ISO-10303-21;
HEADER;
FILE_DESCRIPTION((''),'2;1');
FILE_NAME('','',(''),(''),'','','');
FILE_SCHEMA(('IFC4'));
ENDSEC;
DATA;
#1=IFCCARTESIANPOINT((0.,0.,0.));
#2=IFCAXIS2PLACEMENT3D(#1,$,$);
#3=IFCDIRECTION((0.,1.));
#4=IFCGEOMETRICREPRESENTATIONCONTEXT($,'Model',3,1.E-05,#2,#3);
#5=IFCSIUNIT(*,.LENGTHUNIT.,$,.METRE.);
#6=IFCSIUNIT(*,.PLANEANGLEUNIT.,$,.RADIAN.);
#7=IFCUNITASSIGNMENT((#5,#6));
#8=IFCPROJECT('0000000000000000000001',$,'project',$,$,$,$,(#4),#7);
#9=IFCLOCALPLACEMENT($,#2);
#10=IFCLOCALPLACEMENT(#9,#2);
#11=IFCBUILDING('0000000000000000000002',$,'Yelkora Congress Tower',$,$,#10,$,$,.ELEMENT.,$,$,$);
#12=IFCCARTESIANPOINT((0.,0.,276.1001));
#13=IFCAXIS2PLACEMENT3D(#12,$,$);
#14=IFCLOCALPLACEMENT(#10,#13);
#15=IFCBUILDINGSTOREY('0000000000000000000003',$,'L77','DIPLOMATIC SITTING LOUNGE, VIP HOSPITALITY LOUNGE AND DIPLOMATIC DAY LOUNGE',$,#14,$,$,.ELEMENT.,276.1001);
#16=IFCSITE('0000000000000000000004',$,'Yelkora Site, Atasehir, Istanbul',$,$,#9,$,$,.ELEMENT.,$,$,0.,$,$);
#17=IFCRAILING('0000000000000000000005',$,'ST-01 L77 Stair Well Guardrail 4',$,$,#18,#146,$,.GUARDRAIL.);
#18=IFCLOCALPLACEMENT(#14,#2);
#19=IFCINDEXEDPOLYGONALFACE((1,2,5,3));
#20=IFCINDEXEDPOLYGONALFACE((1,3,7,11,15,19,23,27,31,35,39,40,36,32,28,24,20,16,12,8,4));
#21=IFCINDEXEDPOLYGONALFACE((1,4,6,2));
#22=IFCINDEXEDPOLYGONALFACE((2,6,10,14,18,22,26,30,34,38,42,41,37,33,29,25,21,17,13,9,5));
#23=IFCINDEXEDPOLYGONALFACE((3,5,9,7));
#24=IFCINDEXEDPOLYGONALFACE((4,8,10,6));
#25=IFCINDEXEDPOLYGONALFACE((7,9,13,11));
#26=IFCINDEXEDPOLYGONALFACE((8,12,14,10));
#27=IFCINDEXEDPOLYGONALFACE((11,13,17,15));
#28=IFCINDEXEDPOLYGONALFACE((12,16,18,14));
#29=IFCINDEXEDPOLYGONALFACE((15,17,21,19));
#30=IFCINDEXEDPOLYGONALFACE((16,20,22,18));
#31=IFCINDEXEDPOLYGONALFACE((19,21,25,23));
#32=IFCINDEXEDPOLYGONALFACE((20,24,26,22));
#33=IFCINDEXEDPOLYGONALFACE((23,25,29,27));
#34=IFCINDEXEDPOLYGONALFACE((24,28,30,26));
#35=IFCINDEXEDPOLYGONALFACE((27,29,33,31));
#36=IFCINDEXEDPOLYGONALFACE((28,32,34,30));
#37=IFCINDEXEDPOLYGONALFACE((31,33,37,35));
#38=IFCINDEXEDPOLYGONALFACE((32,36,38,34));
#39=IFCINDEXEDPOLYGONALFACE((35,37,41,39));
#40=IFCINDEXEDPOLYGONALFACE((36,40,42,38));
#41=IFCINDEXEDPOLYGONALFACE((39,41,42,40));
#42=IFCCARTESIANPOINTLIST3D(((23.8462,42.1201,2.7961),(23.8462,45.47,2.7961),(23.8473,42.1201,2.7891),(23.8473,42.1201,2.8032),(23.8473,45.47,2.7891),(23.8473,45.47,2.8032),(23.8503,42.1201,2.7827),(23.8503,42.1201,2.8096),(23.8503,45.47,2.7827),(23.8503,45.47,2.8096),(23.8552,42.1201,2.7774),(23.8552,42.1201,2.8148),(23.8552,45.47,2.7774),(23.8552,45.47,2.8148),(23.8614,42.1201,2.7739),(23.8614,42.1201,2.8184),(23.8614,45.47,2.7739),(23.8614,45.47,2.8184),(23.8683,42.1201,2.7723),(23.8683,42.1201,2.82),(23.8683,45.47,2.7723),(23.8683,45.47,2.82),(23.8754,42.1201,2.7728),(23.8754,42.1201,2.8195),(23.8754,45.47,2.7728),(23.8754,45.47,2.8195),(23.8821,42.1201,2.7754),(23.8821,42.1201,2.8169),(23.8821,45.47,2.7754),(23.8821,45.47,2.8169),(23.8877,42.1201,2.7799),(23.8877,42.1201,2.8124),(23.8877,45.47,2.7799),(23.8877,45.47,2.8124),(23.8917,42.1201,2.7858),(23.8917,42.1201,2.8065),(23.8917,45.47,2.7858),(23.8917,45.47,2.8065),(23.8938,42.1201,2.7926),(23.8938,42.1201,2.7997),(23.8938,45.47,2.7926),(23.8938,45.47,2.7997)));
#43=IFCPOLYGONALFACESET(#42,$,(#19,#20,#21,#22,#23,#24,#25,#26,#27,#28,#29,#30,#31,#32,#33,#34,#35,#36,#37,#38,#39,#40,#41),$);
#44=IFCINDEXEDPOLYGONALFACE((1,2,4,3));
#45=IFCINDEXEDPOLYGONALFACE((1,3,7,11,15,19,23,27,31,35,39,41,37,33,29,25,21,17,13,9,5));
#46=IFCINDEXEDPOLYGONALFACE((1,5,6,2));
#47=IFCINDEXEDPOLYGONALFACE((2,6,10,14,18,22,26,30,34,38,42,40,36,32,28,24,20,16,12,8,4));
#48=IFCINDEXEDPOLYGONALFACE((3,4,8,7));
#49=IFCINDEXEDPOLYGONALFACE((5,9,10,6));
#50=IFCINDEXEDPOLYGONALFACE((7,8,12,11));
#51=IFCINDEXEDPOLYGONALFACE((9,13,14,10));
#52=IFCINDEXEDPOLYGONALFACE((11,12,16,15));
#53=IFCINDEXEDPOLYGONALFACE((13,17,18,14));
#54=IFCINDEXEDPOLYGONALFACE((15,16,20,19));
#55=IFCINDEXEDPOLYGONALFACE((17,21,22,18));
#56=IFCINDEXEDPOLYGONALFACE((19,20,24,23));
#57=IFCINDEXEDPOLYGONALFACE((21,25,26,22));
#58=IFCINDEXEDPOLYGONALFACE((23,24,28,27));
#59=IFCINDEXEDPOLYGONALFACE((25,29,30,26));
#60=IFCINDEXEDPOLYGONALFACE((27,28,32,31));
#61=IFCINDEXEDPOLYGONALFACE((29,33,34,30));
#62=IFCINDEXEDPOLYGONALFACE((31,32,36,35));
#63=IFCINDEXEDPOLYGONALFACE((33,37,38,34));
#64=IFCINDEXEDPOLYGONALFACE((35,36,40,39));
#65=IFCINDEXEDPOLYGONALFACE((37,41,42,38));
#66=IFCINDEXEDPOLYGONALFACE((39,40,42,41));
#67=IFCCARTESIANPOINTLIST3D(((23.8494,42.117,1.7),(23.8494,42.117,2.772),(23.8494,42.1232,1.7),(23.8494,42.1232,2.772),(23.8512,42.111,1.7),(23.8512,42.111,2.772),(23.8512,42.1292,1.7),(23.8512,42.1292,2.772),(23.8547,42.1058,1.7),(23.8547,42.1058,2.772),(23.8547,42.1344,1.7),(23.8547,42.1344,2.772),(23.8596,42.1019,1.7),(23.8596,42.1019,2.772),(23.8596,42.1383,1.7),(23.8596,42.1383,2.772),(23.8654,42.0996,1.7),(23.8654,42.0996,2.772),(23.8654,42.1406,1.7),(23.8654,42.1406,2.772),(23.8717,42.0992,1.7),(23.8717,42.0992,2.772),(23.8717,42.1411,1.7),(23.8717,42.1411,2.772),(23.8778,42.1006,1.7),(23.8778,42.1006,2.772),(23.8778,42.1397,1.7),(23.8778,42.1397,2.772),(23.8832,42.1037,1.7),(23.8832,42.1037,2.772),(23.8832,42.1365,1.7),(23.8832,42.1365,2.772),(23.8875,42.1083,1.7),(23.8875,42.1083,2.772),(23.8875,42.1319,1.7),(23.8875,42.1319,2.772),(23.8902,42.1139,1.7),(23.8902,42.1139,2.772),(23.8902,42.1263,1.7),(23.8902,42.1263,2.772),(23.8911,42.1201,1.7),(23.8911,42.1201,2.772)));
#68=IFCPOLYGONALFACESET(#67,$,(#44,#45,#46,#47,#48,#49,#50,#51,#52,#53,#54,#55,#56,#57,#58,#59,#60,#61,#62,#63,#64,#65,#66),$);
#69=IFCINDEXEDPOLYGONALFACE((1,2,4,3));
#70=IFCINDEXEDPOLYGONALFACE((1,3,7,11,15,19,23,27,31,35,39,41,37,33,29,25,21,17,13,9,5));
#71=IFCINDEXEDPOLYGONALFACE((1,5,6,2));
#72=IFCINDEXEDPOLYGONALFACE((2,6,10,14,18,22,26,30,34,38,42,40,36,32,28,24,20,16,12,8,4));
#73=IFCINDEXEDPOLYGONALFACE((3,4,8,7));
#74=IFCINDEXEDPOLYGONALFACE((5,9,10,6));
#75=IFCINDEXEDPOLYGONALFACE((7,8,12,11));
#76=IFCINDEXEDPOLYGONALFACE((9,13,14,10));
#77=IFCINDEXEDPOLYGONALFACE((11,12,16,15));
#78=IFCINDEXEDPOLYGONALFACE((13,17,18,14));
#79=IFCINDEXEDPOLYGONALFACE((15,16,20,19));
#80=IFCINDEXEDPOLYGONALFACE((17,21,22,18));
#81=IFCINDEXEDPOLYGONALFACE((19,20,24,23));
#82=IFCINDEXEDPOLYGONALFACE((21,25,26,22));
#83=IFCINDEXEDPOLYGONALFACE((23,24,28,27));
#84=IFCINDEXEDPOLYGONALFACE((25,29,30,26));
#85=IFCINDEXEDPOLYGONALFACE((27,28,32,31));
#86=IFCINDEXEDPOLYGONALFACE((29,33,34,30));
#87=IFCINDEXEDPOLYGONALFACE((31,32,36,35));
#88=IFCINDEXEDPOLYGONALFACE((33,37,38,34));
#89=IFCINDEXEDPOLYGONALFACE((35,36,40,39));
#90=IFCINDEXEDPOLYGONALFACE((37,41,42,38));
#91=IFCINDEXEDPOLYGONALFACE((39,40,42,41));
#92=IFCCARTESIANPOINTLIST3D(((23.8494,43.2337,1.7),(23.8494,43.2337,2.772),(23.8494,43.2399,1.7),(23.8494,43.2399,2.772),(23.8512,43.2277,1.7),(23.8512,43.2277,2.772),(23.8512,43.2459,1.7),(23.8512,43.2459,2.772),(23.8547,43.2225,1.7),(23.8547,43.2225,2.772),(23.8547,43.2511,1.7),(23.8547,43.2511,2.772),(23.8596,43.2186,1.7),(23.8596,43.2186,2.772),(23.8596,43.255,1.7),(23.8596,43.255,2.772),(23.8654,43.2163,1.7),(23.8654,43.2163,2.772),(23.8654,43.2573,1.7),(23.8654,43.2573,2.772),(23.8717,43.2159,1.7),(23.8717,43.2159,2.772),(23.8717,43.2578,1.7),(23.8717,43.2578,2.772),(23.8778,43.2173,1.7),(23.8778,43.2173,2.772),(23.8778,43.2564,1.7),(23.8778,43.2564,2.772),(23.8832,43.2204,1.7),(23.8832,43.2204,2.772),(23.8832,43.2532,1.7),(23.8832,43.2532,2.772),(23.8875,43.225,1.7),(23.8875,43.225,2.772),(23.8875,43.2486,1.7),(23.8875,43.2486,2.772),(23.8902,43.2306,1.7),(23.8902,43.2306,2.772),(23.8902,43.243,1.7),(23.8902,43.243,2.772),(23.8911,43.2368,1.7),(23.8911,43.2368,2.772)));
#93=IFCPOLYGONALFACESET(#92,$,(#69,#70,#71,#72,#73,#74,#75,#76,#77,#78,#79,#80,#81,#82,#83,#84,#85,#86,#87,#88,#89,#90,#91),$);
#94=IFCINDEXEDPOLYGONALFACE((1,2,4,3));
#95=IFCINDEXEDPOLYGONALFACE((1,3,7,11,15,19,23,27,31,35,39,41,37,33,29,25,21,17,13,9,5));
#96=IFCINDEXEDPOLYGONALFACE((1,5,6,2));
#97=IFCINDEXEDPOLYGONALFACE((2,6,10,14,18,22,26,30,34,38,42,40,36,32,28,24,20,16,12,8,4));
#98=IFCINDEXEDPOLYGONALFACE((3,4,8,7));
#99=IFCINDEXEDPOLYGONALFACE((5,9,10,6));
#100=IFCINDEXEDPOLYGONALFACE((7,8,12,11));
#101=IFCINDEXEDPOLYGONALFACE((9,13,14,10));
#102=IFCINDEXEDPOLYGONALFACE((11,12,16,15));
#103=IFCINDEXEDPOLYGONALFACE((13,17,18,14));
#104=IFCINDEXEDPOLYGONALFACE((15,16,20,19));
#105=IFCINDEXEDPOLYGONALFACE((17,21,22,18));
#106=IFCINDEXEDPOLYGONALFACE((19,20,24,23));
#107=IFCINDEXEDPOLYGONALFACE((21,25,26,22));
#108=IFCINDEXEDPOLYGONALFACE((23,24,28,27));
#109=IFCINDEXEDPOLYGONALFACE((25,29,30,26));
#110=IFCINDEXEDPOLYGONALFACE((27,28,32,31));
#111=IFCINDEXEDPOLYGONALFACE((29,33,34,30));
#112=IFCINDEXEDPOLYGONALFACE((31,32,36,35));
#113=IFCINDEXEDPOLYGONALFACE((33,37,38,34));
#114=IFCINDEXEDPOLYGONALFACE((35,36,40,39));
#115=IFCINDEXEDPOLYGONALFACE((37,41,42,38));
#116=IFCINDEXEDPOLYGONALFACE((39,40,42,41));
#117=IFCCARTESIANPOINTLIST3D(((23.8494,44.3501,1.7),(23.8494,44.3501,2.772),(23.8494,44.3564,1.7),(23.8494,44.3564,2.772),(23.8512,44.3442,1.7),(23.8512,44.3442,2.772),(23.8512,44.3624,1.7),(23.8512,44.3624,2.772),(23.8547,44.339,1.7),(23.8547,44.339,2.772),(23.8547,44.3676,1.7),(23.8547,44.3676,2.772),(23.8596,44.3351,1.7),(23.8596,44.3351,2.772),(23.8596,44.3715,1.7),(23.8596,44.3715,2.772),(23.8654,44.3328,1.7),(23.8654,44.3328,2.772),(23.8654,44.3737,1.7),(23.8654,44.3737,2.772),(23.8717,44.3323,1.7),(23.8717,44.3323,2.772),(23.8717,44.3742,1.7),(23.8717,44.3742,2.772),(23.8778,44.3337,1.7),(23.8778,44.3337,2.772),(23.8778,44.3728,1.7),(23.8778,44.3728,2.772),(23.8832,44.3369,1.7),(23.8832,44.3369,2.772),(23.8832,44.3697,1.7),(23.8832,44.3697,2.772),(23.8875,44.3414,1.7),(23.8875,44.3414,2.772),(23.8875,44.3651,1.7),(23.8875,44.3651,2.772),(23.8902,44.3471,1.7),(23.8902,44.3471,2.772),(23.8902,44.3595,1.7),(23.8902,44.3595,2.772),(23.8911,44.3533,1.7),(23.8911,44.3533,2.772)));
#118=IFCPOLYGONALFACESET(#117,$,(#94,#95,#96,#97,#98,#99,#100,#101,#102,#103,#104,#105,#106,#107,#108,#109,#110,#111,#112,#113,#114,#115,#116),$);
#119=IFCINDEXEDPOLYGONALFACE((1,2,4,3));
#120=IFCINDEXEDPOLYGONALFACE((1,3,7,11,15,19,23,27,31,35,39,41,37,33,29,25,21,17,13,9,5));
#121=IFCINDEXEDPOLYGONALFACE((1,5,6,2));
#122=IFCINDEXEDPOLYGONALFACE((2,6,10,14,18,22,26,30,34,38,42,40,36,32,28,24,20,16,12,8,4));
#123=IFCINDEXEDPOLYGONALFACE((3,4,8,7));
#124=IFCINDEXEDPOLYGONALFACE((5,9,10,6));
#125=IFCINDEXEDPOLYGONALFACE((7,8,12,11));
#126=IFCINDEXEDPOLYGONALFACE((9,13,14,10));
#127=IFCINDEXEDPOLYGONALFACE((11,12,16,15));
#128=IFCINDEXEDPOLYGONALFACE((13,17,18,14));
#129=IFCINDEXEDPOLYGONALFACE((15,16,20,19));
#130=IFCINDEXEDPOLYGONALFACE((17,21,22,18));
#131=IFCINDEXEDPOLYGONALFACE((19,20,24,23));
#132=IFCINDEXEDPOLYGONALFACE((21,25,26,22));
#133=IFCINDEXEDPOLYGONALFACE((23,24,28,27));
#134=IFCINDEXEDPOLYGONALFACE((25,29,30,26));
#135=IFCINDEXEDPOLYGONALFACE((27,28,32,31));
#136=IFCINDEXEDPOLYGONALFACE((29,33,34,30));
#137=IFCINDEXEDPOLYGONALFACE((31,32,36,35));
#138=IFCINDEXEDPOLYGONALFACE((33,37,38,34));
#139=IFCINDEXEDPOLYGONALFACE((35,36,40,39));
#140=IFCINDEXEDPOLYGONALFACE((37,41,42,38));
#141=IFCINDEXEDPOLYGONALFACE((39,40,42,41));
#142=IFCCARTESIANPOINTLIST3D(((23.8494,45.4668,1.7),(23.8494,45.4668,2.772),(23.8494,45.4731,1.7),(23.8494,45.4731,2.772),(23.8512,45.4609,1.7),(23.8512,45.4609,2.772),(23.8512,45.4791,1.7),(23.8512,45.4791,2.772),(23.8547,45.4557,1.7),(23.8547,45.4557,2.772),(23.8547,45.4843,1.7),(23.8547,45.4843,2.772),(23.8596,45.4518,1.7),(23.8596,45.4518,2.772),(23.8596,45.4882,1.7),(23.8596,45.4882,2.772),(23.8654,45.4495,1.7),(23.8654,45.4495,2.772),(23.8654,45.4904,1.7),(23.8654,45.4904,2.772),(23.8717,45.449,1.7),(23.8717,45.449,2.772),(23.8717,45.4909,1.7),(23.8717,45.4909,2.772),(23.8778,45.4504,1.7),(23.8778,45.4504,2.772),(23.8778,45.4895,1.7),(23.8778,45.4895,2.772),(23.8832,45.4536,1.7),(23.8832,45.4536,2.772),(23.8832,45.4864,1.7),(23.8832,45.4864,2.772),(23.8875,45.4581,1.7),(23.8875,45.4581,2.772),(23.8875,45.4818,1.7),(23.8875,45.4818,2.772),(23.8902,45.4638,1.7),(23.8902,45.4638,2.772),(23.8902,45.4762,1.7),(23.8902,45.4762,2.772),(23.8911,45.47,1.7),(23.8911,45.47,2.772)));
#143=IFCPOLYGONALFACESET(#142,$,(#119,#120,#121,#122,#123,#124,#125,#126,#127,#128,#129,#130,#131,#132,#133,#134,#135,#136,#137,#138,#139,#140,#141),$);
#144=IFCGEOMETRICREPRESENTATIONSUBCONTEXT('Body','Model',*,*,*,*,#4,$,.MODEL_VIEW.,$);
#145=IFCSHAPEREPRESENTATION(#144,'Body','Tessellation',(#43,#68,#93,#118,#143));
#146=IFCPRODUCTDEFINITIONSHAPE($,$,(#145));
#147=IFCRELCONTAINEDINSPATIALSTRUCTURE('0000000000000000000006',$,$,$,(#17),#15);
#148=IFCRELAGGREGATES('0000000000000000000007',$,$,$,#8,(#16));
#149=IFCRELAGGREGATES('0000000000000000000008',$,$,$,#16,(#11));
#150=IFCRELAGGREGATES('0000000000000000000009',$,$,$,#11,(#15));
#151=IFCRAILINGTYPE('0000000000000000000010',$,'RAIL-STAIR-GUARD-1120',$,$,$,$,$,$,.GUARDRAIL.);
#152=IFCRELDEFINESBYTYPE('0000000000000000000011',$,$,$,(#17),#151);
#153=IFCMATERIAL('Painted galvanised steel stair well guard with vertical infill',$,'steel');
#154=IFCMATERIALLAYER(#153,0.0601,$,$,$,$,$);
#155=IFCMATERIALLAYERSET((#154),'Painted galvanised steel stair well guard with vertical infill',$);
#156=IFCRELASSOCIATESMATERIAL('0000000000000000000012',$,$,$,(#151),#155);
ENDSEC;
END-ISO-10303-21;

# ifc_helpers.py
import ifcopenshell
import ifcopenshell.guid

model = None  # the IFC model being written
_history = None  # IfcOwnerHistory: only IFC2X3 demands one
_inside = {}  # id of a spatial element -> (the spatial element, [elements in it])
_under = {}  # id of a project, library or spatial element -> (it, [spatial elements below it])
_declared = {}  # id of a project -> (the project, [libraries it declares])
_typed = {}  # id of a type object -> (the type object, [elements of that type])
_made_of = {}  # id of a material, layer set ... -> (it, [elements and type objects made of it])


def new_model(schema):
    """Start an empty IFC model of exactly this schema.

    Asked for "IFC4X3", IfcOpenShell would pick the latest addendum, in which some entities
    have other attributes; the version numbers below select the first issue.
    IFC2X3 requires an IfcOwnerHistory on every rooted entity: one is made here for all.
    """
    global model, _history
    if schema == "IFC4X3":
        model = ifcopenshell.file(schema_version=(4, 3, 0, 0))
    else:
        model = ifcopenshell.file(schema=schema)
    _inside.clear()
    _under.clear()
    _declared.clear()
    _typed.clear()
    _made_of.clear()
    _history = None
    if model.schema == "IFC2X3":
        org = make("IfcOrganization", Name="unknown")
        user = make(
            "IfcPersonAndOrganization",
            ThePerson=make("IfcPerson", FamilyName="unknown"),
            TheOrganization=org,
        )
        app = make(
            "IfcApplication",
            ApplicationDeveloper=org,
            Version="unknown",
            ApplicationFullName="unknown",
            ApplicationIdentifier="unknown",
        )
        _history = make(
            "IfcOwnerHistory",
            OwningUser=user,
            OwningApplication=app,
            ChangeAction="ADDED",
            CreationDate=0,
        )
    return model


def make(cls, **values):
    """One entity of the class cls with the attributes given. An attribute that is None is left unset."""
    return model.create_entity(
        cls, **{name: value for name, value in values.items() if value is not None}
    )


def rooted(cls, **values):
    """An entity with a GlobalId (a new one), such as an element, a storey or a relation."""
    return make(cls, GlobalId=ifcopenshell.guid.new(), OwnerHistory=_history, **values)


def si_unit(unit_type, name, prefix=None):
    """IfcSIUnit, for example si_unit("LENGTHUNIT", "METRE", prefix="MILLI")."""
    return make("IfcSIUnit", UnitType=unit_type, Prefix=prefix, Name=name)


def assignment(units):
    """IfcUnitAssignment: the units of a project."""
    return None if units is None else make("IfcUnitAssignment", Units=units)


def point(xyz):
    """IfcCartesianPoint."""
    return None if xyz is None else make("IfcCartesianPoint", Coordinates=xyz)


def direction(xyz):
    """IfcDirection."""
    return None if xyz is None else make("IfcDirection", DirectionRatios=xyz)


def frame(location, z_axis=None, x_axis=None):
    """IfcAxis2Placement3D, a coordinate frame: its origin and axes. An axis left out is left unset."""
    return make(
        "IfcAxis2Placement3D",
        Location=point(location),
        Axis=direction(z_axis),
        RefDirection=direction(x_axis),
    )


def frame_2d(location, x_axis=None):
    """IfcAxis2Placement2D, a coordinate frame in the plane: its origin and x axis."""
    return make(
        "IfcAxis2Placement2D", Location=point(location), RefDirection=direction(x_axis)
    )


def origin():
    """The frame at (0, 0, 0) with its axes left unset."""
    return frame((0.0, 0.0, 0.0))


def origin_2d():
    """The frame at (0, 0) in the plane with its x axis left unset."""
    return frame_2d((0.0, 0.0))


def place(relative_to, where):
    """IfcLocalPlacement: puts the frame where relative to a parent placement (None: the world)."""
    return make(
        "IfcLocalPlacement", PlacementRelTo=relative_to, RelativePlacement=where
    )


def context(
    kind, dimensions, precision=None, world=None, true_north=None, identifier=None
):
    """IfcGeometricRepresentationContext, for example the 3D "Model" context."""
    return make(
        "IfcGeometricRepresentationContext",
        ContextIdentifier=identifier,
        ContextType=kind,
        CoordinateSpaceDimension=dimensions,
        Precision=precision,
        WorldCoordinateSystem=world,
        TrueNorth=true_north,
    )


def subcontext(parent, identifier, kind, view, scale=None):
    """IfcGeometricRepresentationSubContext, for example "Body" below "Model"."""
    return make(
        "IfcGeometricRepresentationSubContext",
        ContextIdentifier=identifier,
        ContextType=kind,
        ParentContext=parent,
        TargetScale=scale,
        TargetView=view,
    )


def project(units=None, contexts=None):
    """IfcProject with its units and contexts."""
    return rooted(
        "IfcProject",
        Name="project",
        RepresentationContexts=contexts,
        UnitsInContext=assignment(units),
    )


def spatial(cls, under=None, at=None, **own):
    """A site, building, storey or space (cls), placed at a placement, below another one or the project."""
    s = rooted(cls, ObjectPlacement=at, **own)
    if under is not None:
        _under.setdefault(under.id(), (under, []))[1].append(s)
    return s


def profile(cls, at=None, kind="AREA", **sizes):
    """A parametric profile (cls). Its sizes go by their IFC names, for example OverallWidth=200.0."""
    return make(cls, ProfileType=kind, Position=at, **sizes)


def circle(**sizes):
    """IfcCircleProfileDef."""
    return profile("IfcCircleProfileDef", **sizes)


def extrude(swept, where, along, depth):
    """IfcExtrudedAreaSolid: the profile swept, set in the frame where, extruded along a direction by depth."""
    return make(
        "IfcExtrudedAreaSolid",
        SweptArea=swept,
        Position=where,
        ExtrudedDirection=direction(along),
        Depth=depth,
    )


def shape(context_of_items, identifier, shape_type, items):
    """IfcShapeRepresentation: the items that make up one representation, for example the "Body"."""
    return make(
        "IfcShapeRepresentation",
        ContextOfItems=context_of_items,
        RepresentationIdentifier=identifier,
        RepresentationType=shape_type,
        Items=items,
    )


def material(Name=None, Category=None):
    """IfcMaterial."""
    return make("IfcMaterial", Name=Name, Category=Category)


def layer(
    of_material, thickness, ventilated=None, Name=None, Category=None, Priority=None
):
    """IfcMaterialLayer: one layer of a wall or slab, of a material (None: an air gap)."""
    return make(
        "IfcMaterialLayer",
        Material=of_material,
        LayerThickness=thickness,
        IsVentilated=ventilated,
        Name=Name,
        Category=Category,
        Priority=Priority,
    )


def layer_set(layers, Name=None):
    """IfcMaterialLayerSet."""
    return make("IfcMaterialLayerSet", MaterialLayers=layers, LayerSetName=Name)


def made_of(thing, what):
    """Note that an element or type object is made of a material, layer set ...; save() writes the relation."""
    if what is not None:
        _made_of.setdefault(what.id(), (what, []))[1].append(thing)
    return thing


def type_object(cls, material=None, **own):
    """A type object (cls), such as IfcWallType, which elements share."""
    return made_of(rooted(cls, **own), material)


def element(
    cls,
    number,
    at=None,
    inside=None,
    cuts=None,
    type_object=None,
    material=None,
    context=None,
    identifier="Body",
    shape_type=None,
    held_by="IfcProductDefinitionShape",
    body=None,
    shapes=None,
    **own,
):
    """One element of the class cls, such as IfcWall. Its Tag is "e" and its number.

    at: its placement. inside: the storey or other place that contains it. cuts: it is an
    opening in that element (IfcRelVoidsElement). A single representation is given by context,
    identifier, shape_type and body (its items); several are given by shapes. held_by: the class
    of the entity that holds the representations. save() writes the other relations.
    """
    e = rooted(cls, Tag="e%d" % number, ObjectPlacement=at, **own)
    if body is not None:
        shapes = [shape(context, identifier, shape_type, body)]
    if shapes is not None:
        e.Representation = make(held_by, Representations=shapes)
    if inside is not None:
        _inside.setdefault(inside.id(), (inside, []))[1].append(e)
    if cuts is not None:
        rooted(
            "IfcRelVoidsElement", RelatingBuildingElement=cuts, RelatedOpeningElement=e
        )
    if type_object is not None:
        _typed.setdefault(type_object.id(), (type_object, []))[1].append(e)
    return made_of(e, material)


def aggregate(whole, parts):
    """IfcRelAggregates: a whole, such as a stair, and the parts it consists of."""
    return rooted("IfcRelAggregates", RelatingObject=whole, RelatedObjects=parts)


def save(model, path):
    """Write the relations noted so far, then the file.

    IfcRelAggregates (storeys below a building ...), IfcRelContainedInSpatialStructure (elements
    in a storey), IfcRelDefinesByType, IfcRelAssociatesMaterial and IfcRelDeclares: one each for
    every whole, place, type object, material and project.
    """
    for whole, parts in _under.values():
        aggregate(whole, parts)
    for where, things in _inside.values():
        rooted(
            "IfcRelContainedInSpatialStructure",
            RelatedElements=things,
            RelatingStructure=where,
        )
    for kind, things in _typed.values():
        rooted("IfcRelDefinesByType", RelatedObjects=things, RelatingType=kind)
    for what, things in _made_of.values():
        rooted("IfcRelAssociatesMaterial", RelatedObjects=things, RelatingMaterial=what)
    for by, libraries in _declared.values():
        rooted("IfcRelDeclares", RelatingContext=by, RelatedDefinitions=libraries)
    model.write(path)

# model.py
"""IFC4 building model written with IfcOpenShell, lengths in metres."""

from ifc_helpers import new_model, si_unit, direction, frame, origin, origin_2d, place, context, subcontext, project, spatial, circle, extrude, material, layer, layer_set, type_object, element, save


model = new_model("IFC4")

# Units and contexts
model_context = context("Model", 3, precision=1e-05, world=origin(), true_north=direction((0.0, 1.0)))
body_context = subcontext(model_context, "Body", "Model", "MODEL_VIEW")
ifc_project = project(units=[si_unit("LENGTHUNIT", "METRE"), si_unit("PLANEANGLEUNIT", "RADIAN")], contexts=[model_context])

# Site, building, storey
site_placement = place(None, origin())
site = spatial("IfcSite", under=ifc_project, at=site_placement, Name="Yelkora Site, Atasehir, Istanbul", CompositionType="ELEMENT", RefElevation=0.0)
building_placement = place(site_placement, origin())
building = spatial("IfcBuilding", under=site, at=building_placement, Name="Yelkora Congress Tower", CompositionType="ELEMENT")
storey_placement = place(building_placement, frame((0.0, 0.0, 276.1001)))
storey = spatial("IfcBuildingStorey", under=building, at=storey_placement, Name="L77", Description="DIPLOMATIC SITTING LOUNGE, VIP HOSPITALITY LOUNGE AND DIPLOMATIC DAY LOUNGE", CompositionType="ELEMENT", Elevation=276.1001)

# Railing
ifc_material_1 = material(Name="Painted galvanised steel stair well guard with vertical infill", Category="steel")
ifc_layer_1 = layer(ifc_material_1, 0.0601)
ifc_layer_set_1 = layer_set([ifc_layer_1], Name="Painted galvanised steel stair well guard with vertical infill")
railing_type_1 = type_object("IfcRailingType", Name="RAIL-STAIR-GUARD-1120", PredefinedType="GUARDRAIL", material=ifc_layer_set_1)
for number, where, name in (
    (1, (23.8701, 42.1201, 1.7), "ST-01 L77 Stair Well Guardrail 4"),
):
    element("IfcRailing", number, at=place(storey_placement, frame(where)), inside=storey, type_object=railing_type_1, Name=name, PredefinedType="GUARDRAIL", context=body_context, shape_type="SweptSolid", body=[
        extrude(circle(Radius=0.0239, at=origin_2d()), frame((0.0, 0.0, 1.0962), z_axis=(0.0, 1.0, 0.0), x_axis=(-1.0, 0.0, 0.0)), (0.0, 0.0, 1.0), 3.3499),
        extrude(circle(Radius=0.021, at=origin_2d()), origin(), (0.0, 0.0, 1.0), 1.072),
        extrude(circle(Radius=0.021, at=origin_2d()), frame((0.0, 1.1167, 0.0)), (0.0, 0.0, 1.0), 1.072),
        extrude(circle(Radius=0.021, at=origin_2d()), frame((0.0, 2.2332, 0.0)), (0.0, 0.0, 1.0), 1.072),
        extrude(circle(Radius=0.021, at=origin_2d()), frame((0.0, 3.3499, 0.0)), (0.0, 0.0, 1.0), 1.072),
    ])

save(model, "model.ifc")
